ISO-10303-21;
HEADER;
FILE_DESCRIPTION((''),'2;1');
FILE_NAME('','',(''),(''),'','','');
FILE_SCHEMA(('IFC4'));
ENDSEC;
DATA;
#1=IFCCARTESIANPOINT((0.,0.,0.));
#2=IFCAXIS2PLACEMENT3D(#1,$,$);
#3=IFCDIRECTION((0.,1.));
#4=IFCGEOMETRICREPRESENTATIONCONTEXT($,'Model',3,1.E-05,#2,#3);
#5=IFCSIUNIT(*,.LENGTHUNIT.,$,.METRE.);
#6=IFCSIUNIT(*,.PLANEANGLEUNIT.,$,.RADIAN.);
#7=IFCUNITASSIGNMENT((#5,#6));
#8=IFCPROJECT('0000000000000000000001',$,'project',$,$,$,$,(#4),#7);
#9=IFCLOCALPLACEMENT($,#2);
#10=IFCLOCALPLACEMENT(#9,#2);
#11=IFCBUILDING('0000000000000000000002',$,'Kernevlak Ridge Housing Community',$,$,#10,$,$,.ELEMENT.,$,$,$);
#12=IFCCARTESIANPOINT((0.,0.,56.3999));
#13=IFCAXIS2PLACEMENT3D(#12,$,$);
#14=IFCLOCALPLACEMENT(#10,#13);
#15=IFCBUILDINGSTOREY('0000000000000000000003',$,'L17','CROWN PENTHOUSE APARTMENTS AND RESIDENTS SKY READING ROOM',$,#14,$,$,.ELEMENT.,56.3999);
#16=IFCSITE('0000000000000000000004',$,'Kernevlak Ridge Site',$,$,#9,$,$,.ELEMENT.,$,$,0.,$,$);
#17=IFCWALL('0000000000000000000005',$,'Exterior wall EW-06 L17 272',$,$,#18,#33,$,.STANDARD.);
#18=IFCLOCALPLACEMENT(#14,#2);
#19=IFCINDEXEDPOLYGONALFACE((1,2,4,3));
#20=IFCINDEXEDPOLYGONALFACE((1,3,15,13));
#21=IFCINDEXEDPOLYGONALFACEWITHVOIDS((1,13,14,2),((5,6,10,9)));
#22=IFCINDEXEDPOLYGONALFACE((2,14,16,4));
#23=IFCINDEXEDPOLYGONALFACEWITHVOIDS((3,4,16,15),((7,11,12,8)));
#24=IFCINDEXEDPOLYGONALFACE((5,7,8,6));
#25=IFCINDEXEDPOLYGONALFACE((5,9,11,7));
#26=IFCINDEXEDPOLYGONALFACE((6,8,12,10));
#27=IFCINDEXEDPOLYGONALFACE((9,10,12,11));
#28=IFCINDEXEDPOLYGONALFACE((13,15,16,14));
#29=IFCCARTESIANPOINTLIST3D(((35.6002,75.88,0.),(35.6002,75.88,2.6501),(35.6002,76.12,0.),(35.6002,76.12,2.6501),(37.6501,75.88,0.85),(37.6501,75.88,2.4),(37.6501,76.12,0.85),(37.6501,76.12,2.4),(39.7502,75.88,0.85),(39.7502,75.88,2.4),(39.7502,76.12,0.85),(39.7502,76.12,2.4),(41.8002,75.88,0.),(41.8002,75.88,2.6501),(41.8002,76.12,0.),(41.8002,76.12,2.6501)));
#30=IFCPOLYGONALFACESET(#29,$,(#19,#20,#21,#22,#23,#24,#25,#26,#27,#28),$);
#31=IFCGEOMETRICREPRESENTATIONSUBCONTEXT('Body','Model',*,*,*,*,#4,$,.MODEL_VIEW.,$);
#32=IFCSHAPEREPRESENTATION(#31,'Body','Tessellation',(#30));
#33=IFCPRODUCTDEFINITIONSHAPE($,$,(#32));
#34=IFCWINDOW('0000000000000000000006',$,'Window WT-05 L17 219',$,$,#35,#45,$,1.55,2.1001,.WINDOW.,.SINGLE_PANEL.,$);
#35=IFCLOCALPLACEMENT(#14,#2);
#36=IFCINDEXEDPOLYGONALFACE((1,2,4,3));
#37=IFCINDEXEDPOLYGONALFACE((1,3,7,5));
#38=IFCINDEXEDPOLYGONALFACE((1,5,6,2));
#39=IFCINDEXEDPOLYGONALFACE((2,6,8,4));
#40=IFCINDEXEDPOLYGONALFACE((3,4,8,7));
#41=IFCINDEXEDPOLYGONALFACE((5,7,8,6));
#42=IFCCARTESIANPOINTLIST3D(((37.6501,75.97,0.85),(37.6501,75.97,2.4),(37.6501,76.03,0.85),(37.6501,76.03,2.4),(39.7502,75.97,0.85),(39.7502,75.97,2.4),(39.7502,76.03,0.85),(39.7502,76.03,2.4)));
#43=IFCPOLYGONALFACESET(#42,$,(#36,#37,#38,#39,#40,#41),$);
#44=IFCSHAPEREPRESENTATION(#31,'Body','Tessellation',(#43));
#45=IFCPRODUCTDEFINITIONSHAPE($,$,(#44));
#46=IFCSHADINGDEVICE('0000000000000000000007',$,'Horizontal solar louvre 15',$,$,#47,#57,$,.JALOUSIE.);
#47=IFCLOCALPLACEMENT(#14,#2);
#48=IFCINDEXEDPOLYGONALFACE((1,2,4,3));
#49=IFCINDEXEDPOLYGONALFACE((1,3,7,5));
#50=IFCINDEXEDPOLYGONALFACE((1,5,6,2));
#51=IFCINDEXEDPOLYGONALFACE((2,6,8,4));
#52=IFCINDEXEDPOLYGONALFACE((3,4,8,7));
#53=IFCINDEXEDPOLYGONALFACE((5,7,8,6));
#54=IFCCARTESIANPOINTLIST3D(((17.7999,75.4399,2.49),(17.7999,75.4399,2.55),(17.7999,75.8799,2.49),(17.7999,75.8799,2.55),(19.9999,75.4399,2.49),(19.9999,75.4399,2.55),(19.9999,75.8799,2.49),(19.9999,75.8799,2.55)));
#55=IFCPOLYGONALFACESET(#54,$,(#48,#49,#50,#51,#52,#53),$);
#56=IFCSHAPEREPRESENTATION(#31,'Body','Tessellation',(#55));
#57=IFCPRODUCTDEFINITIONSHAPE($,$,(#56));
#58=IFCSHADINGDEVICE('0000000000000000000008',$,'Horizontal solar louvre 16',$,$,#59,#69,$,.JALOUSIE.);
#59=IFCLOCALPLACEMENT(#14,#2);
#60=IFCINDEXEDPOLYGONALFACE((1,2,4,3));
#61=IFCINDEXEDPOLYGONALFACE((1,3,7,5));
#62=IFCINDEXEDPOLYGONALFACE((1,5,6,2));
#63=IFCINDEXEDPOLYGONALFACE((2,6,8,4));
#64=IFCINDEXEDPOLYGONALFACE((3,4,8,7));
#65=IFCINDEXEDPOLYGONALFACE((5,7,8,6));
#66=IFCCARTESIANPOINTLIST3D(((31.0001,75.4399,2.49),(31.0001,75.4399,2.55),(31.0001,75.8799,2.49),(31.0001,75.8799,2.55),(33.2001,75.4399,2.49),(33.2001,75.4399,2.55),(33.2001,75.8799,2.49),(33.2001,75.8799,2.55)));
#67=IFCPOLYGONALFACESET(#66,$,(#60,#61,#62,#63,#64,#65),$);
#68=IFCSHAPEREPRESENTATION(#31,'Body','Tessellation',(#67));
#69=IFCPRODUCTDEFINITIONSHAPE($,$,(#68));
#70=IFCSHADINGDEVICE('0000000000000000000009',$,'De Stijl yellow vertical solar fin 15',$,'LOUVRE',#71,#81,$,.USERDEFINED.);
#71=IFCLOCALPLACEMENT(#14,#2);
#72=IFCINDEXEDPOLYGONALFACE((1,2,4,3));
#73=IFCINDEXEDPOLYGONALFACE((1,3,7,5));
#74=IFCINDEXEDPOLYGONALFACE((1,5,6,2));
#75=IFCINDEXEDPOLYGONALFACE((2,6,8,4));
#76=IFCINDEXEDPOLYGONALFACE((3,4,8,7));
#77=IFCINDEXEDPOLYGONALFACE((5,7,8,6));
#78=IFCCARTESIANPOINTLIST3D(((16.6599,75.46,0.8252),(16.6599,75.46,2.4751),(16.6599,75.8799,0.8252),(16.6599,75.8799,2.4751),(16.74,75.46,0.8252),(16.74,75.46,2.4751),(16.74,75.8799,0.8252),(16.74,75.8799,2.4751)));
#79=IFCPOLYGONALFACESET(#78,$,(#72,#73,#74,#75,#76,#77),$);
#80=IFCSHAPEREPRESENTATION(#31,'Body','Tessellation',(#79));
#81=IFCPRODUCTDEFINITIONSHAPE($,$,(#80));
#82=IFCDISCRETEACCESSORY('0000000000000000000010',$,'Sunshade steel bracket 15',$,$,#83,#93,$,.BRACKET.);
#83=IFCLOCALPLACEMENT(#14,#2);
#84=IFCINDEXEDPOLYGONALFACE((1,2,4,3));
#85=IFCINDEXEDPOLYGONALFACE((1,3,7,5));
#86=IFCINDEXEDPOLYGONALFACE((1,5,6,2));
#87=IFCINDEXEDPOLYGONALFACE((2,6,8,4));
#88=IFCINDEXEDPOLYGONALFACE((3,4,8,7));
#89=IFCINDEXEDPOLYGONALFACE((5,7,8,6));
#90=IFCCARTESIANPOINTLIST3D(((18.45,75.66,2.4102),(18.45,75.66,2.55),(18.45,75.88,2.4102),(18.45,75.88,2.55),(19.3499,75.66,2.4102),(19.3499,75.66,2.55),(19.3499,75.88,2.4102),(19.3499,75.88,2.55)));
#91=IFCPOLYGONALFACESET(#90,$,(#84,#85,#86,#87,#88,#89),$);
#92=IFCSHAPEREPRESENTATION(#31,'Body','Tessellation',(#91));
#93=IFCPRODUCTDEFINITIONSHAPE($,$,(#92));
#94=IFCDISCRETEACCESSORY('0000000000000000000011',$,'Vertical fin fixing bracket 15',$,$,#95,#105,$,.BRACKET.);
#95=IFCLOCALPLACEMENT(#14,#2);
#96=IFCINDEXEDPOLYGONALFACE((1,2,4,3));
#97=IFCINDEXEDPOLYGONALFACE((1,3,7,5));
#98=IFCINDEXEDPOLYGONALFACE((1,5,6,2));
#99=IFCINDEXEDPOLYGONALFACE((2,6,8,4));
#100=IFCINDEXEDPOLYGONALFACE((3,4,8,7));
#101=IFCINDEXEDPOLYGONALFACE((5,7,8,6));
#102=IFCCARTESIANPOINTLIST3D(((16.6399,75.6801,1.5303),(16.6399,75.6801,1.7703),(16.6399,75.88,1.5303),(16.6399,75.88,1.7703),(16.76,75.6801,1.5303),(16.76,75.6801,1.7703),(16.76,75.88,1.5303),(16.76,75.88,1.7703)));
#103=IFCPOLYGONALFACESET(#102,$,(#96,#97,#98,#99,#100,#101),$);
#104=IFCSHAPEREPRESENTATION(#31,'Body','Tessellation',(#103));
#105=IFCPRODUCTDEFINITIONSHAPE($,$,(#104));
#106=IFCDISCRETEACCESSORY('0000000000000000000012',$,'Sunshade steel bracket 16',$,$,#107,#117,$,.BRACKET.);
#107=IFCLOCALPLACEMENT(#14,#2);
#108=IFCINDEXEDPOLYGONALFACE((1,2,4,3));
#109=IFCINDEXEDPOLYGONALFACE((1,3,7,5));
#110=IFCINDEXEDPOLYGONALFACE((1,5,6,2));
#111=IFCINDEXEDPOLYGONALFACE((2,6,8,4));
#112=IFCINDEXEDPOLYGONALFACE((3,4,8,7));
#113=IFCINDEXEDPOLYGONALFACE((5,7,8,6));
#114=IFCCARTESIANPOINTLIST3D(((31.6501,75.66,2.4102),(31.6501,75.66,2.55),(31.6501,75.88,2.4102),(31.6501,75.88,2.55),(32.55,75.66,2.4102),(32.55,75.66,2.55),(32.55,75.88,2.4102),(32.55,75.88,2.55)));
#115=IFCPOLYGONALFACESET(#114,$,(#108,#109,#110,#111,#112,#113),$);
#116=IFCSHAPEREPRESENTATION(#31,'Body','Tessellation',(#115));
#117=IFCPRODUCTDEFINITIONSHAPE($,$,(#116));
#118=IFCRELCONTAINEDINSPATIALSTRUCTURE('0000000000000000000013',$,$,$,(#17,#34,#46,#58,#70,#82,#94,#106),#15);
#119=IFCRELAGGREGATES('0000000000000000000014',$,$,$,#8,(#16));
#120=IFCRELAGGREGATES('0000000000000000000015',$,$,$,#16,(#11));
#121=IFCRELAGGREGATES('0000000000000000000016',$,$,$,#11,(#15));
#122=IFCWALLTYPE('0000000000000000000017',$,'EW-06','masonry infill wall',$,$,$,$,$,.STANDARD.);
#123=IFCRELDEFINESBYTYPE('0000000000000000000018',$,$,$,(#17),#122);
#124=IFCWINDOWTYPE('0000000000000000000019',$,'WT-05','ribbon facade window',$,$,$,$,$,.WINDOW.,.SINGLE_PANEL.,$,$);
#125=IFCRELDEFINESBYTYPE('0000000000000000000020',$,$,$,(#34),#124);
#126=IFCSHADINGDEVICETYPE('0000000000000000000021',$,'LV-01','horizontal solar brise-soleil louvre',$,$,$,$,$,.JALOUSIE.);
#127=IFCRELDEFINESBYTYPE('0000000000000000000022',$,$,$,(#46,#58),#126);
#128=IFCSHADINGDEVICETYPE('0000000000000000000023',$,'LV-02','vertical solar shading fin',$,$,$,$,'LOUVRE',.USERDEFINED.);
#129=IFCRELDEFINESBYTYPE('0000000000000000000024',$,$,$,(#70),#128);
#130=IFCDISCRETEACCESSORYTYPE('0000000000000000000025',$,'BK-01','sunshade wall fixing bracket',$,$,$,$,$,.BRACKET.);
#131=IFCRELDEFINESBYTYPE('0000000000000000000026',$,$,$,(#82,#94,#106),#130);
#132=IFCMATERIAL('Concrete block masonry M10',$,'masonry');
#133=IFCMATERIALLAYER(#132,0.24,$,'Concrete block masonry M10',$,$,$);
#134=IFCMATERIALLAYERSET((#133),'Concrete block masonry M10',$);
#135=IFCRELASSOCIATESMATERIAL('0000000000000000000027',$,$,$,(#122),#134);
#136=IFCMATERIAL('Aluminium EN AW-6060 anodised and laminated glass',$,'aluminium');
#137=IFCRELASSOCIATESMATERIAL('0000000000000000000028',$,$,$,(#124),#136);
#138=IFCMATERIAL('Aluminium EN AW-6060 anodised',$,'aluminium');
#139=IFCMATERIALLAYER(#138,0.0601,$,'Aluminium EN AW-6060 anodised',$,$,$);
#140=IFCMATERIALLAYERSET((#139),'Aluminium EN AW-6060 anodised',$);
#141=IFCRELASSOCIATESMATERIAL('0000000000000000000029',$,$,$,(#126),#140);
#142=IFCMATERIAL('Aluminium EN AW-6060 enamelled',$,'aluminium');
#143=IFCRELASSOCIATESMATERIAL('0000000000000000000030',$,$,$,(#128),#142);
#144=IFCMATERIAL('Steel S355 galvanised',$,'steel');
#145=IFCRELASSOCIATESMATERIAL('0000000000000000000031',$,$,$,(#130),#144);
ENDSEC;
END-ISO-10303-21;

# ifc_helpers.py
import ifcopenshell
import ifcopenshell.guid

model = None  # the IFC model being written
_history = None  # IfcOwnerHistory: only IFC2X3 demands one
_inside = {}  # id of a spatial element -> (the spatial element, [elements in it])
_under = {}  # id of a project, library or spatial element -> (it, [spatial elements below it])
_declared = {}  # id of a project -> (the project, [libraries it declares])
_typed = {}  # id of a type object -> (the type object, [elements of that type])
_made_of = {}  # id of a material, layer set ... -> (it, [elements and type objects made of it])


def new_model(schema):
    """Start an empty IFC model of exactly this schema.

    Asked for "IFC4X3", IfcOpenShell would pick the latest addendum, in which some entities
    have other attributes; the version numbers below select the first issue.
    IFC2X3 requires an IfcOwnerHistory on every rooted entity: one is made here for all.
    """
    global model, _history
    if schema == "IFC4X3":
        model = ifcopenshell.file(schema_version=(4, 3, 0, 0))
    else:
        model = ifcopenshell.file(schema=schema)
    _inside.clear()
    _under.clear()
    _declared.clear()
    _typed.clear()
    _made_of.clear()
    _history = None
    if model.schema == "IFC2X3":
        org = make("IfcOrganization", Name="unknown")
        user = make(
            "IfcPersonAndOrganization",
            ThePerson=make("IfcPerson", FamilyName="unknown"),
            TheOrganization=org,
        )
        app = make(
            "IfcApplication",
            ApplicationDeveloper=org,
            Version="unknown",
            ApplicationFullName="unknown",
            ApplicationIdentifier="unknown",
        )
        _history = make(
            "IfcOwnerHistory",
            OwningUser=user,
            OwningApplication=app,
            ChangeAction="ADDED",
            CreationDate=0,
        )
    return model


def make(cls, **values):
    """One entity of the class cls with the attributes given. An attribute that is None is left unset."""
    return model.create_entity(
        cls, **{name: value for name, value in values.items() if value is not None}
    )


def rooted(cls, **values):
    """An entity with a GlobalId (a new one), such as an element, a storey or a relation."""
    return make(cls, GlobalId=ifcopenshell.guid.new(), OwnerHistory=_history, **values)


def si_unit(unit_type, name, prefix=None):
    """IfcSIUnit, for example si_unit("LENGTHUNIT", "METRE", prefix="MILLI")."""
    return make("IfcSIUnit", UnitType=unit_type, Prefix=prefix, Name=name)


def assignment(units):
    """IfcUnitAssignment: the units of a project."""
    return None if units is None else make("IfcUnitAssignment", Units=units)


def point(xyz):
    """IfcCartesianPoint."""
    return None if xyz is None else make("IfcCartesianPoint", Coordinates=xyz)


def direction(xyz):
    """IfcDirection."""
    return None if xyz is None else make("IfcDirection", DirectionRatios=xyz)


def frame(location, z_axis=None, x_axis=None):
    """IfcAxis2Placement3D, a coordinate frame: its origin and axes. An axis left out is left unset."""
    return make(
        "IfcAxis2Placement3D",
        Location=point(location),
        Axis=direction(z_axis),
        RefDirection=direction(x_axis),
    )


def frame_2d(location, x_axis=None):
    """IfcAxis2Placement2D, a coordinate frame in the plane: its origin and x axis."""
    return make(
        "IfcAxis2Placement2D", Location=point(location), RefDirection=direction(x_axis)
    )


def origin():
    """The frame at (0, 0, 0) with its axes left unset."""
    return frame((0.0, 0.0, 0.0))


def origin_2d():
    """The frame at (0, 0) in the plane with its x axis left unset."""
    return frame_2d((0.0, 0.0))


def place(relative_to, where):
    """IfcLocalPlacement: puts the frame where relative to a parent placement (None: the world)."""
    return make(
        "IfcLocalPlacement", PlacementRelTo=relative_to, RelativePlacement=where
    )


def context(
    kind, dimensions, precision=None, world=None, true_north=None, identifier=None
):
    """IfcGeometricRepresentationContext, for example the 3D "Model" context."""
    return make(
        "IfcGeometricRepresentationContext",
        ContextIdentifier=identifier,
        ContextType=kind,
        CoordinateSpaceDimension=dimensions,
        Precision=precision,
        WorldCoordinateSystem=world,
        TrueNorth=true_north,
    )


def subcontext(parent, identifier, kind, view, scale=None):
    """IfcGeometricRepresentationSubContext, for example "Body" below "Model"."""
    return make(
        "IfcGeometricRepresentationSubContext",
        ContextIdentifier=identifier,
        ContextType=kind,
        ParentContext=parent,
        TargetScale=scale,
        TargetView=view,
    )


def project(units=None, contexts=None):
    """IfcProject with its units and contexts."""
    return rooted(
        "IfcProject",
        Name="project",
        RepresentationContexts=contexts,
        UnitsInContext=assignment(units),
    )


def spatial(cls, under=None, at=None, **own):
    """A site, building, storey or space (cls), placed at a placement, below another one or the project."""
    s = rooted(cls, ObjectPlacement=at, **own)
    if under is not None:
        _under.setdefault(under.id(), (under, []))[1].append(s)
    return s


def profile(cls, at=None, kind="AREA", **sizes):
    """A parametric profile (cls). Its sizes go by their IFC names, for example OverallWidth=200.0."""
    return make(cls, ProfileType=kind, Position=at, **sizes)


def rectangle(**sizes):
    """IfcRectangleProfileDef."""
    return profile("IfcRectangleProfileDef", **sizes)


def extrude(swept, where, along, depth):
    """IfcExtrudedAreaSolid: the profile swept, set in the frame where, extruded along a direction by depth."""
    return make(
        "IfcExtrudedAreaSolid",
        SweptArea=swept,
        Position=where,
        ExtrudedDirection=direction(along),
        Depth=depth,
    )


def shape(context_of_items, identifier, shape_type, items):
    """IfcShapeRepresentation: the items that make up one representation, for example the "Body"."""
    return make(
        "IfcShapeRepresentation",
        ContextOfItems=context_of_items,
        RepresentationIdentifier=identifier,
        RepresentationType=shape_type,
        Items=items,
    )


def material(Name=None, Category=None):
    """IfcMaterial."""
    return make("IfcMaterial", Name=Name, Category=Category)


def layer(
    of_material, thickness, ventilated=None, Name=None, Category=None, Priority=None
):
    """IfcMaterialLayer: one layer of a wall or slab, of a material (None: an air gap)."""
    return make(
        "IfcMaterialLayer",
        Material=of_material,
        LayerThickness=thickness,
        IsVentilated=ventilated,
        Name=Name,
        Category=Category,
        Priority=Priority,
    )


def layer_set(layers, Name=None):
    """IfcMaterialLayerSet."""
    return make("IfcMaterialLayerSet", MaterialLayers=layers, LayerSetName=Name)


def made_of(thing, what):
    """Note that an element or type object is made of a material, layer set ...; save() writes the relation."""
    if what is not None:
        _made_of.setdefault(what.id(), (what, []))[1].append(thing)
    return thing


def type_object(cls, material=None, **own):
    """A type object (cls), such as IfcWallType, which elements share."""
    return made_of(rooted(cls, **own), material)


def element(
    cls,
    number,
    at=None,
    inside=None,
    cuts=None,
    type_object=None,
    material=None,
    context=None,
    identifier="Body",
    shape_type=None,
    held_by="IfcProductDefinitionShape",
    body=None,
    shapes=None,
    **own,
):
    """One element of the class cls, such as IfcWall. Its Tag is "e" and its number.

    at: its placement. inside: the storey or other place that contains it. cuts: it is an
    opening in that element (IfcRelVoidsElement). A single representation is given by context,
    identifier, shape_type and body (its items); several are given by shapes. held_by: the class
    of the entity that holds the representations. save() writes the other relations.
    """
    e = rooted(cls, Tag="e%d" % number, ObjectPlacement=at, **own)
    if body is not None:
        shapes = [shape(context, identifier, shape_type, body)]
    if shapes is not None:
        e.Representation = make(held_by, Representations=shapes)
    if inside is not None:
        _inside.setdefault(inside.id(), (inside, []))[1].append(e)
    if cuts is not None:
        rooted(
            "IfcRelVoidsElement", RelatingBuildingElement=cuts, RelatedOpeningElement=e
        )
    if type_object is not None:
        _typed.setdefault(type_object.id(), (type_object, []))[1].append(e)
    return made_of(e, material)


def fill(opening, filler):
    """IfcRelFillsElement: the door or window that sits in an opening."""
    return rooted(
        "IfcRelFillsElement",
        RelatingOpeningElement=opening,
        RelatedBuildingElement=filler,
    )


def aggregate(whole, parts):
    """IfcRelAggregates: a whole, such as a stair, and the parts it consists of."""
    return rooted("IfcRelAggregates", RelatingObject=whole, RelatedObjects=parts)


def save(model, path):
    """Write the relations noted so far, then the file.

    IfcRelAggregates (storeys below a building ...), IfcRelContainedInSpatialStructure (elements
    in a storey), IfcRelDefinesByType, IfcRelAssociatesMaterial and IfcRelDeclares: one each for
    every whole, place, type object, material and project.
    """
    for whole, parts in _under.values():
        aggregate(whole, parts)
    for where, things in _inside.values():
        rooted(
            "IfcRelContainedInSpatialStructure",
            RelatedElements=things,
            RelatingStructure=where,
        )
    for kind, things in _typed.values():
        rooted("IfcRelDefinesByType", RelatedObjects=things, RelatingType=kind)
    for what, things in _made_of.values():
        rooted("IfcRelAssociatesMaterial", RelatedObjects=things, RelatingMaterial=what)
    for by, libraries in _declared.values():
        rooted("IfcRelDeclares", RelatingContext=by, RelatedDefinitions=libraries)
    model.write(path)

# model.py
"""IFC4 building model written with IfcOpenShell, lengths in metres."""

from ifc_helpers import new_model, si_unit, direction, frame, frame_2d, origin, origin_2d, place, context, subcontext, project, spatial, rectangle, extrude, material, layer, layer_set, type_object, element, fill, save


model = new_model("IFC4")

# Units and contexts
model_context = context("Model", 3, precision=1e-05, world=origin(), true_north=direction((0.0, 1.0)))
body_context = subcontext(model_context, "Body", "Model", "MODEL_VIEW")
ifc_project = project(units=[si_unit("LENGTHUNIT", "METRE"), si_unit("PLANEANGLEUNIT", "RADIAN")], contexts=[model_context])

# Site, building, storey
site_placement = place(None, origin())
site = spatial("IfcSite", under=ifc_project, at=site_placement, Name="Kernevlak Ridge Site", CompositionType="ELEMENT", RefElevation=0.0)
building_placement = place(site_placement, origin())
building = spatial("IfcBuilding", under=site, at=building_placement, Name="Kernevlak Ridge Housing Community", CompositionType="ELEMENT")
storey_placement = place(building_placement, frame((0.0, 0.0, 56.3999)))
storey = spatial("IfcBuildingStorey", under=building, at=storey_placement, Name="L17", Description="CROWN PENTHOUSE APARTMENTS AND RESIDENTS SKY READING ROOM", CompositionType="ELEMENT", Elevation=56.3999)

# Shared definitions
ifc_material_1 = material(Name="Concrete block masonry M10", Category="masonry")
ifc_layer_1 = layer(ifc_material_1, 0.24, Name="Concrete block masonry M10")
ifc_layer_set_1 = layer_set([ifc_layer_1], Name="Concrete block masonry M10")
wall_type = type_object("IfcWallType", Name="EW-06", Description="masonry infill wall", PredefinedType="STANDARD", material=ifc_layer_set_1)
ifc_material_2 = material(Name="Aluminium EN AW-6060 anodised and laminated glass", Category="aluminium")
window_type_1 = type_object("IfcWindowType", Name="WT-05", Description="ribbon facade window", PartitioningType="SINGLE_PANEL", PredefinedType="WINDOW", material=ifc_material_2)

# Wall, opening, window
wall_1_placement = place(storey_placement, frame((35.6001, 76.0, 0.0), z_axis=(0.0, 0.0, 1.0), x_axis=(1.0, 0.0, 0.0)))
wall_1 = element("IfcWall", 1, at=wall_1_placement, inside=storey, type_object=wall_type, Name="Exterior wall EW-06 L17 272", PredefinedType="STANDARD", context=body_context, shape_type="SweptSolid", body=[
    extrude(rectangle(XDim=6.2, YDim=0.24, at=frame_2d((3.1001, 0.0))), origin(), (0.0, 0.0, 1.0), 2.6501),
])
opening_1_placement = place(wall_1_placement, frame((2.05, 0.0, 0.8501)))
opening_1 = element("IfcOpeningElement", 2, at=opening_1_placement, cuts=wall_1, PredefinedType="OPENING", context=body_context, shape_type="SweptSolid", body=[
    extrude(rectangle(XDim=2.1001, YDim=1.55, at=frame_2d((1.05, 0.7749))), frame((0.0, 0.1299, 0.0), z_axis=(0.0, -1.0, 0.0), x_axis=(1.0, 0.0, 0.0)), (0.0, 0.0, 1.0), 0.26),
])
window_1_placement = place(opening_1_placement, origin())
window_1 = element("IfcWindow", 3, at=window_1_placement, inside=storey, type_object=window_type_1, Name="Window WT-05 L17 219", OverallHeight=1.55, OverallWidth=2.1001, PartitioningType="SINGLE_PANEL", PredefinedType="WINDOW", context=body_context, shape_type="SweptSolid", body=[
    extrude(rectangle(XDim=2.1001, YDim=1.55, at=frame_2d((1.05, 0.7749))), frame((0.0, 0.03, 0.0), z_axis=(0.0, -1.0, 0.0), x_axis=(1.0, 0.0, 0.0)), (0.0, 0.0, 1.0), 0.0601),
])
fill(opening_1, window_1)

# Shading devices
ifc_material_3 = material(Name="Aluminium EN AW-6060 anodised", Category="aluminium")
ifc_layer_2 = layer(ifc_material_3, 0.0601, Name="Aluminium EN AW-6060 anodised")
ifc_layer_set_2 = layer_set([ifc_layer_2], Name="Aluminium EN AW-6060 anodised")
shading_device_type_1 = type_object("IfcShadingDeviceType", Name="LV-01", Description="horizontal solar brise-soleil louvre", PredefinedType="JALOUSIE", material=ifc_layer_set_2)
for number, where, z_axis, x_axis, name in (
    (4, (18.8999, 75.6599, 2.49), (0.0, 0.0, 1.0), (1.0, 0.0, 0.0), "Horizontal solar louvre 15"),
    (5, (32.1001, 75.6599, 2.49), (0.0, 0.0, 1.0), (1.0, 0.0, 0.0), "Horizontal solar louvre 16"),
):
    element("IfcShadingDevice", number, at=place(storey_placement, frame(where, z_axis=z_axis, x_axis=x_axis)), inside=storey, type_object=shading_device_type_1, Name=name, PredefinedType="JALOUSIE", context=body_context, shape_type="SweptSolid", body=[
        extrude(rectangle(XDim=2.2, YDim=0.4399, at=origin_2d()), origin(), (0.0, 0.0, 1.0), 0.0601),
    ])
ifc_material_4 = material(Name="Aluminium EN AW-6060 enamelled", Category="aluminium")
shading_device_type_2 = type_object("IfcShadingDeviceType", Name="LV-02", Description="vertical solar shading fin", ElementType="LOUVRE", PredefinedType="USERDEFINED", material=ifc_material_4)
shading_device_placement = place(storey_placement, frame((16.7, 75.6699, 0.8252), z_axis=(0.0, 0.0, 1.0), x_axis=(1.0, 0.0, 0.0)))
element("IfcShadingDevice", 6, at=shading_device_placement, inside=storey, type_object=shading_device_type_2, Name="De Stijl yellow vertical solar fin 15", ObjectType="LOUVRE", PredefinedType="USERDEFINED", context=body_context, shape_type="SweptSolid", body=[
    extrude(rectangle(XDim=0.0801, YDim=0.4199, at=origin_2d()), origin(), (0.0, 0.0, 1.0), 1.6499),
])

# Discrete accessories
ifc_material_5 = material(Name="Steel S355 galvanised", Category="steel")
discrete_accessory_type = type_object("IfcDiscreteAccessoryType", Name="BK-01", Description="sunshade wall fixing bracket", PredefinedType="BRACKET", material=ifc_material_5)
discrete_accessory_1_placement = place(storey_placement, frame((18.8999, 75.77, 2.4102), z_axis=(0.0, 0.0, 1.0), x_axis=(1.0, 0.0, 0.0)))
element("IfcDiscreteAccessory", 7, at=discrete_accessory_1_placement, inside=storey, type_object=discrete_accessory_type, Name="Sunshade steel bracket 15", PredefinedType="BRACKET", context=body_context, shape_type="SweptSolid", body=[
    extrude(rectangle(XDim=0.8999, YDim=0.22, at=origin_2d()), origin(), (0.0, 0.0, 1.0), 0.1399),
])
discrete_accessory_2_placement = place(storey_placement, frame((16.7, 75.78, 1.5303), z_axis=(0.0, 0.0, 1.0), x_axis=(1.0, 0.0, 0.0)))
element("IfcDiscreteAccessory", 8, at=discrete_accessory_2_placement, inside=storey, type_object=discrete_accessory_type, Name="Vertical fin fixing bracket 15", PredefinedType="BRACKET", context=body_context, shape_type="SweptSolid", body=[
    extrude(rectangle(XDim=0.1201, YDim=0.2, at=origin_2d()), origin(), (0.0, 0.0, 1.0), 0.24),
])
discrete_accessory_3_placement = place(storey_placement, frame((32.1001, 75.77, 2.4102), z_axis=(0.0, 0.0, 1.0), x_axis=(1.0, 0.0, 0.0)))
element("IfcDiscreteAccessory", 9, at=discrete_accessory_3_placement, inside=storey, type_object=discrete_accessory_type, Name="Sunshade steel bracket 16", PredefinedType="BRACKET", context=body_context, shape_type="SweptSolid", body=[
    extrude(rectangle(XDim=0.8999, YDim=0.22, at=origin_2d()), origin(), (0.0, 0.0, 1.0), 0.1399),
])

save(model, "model.ifc")
